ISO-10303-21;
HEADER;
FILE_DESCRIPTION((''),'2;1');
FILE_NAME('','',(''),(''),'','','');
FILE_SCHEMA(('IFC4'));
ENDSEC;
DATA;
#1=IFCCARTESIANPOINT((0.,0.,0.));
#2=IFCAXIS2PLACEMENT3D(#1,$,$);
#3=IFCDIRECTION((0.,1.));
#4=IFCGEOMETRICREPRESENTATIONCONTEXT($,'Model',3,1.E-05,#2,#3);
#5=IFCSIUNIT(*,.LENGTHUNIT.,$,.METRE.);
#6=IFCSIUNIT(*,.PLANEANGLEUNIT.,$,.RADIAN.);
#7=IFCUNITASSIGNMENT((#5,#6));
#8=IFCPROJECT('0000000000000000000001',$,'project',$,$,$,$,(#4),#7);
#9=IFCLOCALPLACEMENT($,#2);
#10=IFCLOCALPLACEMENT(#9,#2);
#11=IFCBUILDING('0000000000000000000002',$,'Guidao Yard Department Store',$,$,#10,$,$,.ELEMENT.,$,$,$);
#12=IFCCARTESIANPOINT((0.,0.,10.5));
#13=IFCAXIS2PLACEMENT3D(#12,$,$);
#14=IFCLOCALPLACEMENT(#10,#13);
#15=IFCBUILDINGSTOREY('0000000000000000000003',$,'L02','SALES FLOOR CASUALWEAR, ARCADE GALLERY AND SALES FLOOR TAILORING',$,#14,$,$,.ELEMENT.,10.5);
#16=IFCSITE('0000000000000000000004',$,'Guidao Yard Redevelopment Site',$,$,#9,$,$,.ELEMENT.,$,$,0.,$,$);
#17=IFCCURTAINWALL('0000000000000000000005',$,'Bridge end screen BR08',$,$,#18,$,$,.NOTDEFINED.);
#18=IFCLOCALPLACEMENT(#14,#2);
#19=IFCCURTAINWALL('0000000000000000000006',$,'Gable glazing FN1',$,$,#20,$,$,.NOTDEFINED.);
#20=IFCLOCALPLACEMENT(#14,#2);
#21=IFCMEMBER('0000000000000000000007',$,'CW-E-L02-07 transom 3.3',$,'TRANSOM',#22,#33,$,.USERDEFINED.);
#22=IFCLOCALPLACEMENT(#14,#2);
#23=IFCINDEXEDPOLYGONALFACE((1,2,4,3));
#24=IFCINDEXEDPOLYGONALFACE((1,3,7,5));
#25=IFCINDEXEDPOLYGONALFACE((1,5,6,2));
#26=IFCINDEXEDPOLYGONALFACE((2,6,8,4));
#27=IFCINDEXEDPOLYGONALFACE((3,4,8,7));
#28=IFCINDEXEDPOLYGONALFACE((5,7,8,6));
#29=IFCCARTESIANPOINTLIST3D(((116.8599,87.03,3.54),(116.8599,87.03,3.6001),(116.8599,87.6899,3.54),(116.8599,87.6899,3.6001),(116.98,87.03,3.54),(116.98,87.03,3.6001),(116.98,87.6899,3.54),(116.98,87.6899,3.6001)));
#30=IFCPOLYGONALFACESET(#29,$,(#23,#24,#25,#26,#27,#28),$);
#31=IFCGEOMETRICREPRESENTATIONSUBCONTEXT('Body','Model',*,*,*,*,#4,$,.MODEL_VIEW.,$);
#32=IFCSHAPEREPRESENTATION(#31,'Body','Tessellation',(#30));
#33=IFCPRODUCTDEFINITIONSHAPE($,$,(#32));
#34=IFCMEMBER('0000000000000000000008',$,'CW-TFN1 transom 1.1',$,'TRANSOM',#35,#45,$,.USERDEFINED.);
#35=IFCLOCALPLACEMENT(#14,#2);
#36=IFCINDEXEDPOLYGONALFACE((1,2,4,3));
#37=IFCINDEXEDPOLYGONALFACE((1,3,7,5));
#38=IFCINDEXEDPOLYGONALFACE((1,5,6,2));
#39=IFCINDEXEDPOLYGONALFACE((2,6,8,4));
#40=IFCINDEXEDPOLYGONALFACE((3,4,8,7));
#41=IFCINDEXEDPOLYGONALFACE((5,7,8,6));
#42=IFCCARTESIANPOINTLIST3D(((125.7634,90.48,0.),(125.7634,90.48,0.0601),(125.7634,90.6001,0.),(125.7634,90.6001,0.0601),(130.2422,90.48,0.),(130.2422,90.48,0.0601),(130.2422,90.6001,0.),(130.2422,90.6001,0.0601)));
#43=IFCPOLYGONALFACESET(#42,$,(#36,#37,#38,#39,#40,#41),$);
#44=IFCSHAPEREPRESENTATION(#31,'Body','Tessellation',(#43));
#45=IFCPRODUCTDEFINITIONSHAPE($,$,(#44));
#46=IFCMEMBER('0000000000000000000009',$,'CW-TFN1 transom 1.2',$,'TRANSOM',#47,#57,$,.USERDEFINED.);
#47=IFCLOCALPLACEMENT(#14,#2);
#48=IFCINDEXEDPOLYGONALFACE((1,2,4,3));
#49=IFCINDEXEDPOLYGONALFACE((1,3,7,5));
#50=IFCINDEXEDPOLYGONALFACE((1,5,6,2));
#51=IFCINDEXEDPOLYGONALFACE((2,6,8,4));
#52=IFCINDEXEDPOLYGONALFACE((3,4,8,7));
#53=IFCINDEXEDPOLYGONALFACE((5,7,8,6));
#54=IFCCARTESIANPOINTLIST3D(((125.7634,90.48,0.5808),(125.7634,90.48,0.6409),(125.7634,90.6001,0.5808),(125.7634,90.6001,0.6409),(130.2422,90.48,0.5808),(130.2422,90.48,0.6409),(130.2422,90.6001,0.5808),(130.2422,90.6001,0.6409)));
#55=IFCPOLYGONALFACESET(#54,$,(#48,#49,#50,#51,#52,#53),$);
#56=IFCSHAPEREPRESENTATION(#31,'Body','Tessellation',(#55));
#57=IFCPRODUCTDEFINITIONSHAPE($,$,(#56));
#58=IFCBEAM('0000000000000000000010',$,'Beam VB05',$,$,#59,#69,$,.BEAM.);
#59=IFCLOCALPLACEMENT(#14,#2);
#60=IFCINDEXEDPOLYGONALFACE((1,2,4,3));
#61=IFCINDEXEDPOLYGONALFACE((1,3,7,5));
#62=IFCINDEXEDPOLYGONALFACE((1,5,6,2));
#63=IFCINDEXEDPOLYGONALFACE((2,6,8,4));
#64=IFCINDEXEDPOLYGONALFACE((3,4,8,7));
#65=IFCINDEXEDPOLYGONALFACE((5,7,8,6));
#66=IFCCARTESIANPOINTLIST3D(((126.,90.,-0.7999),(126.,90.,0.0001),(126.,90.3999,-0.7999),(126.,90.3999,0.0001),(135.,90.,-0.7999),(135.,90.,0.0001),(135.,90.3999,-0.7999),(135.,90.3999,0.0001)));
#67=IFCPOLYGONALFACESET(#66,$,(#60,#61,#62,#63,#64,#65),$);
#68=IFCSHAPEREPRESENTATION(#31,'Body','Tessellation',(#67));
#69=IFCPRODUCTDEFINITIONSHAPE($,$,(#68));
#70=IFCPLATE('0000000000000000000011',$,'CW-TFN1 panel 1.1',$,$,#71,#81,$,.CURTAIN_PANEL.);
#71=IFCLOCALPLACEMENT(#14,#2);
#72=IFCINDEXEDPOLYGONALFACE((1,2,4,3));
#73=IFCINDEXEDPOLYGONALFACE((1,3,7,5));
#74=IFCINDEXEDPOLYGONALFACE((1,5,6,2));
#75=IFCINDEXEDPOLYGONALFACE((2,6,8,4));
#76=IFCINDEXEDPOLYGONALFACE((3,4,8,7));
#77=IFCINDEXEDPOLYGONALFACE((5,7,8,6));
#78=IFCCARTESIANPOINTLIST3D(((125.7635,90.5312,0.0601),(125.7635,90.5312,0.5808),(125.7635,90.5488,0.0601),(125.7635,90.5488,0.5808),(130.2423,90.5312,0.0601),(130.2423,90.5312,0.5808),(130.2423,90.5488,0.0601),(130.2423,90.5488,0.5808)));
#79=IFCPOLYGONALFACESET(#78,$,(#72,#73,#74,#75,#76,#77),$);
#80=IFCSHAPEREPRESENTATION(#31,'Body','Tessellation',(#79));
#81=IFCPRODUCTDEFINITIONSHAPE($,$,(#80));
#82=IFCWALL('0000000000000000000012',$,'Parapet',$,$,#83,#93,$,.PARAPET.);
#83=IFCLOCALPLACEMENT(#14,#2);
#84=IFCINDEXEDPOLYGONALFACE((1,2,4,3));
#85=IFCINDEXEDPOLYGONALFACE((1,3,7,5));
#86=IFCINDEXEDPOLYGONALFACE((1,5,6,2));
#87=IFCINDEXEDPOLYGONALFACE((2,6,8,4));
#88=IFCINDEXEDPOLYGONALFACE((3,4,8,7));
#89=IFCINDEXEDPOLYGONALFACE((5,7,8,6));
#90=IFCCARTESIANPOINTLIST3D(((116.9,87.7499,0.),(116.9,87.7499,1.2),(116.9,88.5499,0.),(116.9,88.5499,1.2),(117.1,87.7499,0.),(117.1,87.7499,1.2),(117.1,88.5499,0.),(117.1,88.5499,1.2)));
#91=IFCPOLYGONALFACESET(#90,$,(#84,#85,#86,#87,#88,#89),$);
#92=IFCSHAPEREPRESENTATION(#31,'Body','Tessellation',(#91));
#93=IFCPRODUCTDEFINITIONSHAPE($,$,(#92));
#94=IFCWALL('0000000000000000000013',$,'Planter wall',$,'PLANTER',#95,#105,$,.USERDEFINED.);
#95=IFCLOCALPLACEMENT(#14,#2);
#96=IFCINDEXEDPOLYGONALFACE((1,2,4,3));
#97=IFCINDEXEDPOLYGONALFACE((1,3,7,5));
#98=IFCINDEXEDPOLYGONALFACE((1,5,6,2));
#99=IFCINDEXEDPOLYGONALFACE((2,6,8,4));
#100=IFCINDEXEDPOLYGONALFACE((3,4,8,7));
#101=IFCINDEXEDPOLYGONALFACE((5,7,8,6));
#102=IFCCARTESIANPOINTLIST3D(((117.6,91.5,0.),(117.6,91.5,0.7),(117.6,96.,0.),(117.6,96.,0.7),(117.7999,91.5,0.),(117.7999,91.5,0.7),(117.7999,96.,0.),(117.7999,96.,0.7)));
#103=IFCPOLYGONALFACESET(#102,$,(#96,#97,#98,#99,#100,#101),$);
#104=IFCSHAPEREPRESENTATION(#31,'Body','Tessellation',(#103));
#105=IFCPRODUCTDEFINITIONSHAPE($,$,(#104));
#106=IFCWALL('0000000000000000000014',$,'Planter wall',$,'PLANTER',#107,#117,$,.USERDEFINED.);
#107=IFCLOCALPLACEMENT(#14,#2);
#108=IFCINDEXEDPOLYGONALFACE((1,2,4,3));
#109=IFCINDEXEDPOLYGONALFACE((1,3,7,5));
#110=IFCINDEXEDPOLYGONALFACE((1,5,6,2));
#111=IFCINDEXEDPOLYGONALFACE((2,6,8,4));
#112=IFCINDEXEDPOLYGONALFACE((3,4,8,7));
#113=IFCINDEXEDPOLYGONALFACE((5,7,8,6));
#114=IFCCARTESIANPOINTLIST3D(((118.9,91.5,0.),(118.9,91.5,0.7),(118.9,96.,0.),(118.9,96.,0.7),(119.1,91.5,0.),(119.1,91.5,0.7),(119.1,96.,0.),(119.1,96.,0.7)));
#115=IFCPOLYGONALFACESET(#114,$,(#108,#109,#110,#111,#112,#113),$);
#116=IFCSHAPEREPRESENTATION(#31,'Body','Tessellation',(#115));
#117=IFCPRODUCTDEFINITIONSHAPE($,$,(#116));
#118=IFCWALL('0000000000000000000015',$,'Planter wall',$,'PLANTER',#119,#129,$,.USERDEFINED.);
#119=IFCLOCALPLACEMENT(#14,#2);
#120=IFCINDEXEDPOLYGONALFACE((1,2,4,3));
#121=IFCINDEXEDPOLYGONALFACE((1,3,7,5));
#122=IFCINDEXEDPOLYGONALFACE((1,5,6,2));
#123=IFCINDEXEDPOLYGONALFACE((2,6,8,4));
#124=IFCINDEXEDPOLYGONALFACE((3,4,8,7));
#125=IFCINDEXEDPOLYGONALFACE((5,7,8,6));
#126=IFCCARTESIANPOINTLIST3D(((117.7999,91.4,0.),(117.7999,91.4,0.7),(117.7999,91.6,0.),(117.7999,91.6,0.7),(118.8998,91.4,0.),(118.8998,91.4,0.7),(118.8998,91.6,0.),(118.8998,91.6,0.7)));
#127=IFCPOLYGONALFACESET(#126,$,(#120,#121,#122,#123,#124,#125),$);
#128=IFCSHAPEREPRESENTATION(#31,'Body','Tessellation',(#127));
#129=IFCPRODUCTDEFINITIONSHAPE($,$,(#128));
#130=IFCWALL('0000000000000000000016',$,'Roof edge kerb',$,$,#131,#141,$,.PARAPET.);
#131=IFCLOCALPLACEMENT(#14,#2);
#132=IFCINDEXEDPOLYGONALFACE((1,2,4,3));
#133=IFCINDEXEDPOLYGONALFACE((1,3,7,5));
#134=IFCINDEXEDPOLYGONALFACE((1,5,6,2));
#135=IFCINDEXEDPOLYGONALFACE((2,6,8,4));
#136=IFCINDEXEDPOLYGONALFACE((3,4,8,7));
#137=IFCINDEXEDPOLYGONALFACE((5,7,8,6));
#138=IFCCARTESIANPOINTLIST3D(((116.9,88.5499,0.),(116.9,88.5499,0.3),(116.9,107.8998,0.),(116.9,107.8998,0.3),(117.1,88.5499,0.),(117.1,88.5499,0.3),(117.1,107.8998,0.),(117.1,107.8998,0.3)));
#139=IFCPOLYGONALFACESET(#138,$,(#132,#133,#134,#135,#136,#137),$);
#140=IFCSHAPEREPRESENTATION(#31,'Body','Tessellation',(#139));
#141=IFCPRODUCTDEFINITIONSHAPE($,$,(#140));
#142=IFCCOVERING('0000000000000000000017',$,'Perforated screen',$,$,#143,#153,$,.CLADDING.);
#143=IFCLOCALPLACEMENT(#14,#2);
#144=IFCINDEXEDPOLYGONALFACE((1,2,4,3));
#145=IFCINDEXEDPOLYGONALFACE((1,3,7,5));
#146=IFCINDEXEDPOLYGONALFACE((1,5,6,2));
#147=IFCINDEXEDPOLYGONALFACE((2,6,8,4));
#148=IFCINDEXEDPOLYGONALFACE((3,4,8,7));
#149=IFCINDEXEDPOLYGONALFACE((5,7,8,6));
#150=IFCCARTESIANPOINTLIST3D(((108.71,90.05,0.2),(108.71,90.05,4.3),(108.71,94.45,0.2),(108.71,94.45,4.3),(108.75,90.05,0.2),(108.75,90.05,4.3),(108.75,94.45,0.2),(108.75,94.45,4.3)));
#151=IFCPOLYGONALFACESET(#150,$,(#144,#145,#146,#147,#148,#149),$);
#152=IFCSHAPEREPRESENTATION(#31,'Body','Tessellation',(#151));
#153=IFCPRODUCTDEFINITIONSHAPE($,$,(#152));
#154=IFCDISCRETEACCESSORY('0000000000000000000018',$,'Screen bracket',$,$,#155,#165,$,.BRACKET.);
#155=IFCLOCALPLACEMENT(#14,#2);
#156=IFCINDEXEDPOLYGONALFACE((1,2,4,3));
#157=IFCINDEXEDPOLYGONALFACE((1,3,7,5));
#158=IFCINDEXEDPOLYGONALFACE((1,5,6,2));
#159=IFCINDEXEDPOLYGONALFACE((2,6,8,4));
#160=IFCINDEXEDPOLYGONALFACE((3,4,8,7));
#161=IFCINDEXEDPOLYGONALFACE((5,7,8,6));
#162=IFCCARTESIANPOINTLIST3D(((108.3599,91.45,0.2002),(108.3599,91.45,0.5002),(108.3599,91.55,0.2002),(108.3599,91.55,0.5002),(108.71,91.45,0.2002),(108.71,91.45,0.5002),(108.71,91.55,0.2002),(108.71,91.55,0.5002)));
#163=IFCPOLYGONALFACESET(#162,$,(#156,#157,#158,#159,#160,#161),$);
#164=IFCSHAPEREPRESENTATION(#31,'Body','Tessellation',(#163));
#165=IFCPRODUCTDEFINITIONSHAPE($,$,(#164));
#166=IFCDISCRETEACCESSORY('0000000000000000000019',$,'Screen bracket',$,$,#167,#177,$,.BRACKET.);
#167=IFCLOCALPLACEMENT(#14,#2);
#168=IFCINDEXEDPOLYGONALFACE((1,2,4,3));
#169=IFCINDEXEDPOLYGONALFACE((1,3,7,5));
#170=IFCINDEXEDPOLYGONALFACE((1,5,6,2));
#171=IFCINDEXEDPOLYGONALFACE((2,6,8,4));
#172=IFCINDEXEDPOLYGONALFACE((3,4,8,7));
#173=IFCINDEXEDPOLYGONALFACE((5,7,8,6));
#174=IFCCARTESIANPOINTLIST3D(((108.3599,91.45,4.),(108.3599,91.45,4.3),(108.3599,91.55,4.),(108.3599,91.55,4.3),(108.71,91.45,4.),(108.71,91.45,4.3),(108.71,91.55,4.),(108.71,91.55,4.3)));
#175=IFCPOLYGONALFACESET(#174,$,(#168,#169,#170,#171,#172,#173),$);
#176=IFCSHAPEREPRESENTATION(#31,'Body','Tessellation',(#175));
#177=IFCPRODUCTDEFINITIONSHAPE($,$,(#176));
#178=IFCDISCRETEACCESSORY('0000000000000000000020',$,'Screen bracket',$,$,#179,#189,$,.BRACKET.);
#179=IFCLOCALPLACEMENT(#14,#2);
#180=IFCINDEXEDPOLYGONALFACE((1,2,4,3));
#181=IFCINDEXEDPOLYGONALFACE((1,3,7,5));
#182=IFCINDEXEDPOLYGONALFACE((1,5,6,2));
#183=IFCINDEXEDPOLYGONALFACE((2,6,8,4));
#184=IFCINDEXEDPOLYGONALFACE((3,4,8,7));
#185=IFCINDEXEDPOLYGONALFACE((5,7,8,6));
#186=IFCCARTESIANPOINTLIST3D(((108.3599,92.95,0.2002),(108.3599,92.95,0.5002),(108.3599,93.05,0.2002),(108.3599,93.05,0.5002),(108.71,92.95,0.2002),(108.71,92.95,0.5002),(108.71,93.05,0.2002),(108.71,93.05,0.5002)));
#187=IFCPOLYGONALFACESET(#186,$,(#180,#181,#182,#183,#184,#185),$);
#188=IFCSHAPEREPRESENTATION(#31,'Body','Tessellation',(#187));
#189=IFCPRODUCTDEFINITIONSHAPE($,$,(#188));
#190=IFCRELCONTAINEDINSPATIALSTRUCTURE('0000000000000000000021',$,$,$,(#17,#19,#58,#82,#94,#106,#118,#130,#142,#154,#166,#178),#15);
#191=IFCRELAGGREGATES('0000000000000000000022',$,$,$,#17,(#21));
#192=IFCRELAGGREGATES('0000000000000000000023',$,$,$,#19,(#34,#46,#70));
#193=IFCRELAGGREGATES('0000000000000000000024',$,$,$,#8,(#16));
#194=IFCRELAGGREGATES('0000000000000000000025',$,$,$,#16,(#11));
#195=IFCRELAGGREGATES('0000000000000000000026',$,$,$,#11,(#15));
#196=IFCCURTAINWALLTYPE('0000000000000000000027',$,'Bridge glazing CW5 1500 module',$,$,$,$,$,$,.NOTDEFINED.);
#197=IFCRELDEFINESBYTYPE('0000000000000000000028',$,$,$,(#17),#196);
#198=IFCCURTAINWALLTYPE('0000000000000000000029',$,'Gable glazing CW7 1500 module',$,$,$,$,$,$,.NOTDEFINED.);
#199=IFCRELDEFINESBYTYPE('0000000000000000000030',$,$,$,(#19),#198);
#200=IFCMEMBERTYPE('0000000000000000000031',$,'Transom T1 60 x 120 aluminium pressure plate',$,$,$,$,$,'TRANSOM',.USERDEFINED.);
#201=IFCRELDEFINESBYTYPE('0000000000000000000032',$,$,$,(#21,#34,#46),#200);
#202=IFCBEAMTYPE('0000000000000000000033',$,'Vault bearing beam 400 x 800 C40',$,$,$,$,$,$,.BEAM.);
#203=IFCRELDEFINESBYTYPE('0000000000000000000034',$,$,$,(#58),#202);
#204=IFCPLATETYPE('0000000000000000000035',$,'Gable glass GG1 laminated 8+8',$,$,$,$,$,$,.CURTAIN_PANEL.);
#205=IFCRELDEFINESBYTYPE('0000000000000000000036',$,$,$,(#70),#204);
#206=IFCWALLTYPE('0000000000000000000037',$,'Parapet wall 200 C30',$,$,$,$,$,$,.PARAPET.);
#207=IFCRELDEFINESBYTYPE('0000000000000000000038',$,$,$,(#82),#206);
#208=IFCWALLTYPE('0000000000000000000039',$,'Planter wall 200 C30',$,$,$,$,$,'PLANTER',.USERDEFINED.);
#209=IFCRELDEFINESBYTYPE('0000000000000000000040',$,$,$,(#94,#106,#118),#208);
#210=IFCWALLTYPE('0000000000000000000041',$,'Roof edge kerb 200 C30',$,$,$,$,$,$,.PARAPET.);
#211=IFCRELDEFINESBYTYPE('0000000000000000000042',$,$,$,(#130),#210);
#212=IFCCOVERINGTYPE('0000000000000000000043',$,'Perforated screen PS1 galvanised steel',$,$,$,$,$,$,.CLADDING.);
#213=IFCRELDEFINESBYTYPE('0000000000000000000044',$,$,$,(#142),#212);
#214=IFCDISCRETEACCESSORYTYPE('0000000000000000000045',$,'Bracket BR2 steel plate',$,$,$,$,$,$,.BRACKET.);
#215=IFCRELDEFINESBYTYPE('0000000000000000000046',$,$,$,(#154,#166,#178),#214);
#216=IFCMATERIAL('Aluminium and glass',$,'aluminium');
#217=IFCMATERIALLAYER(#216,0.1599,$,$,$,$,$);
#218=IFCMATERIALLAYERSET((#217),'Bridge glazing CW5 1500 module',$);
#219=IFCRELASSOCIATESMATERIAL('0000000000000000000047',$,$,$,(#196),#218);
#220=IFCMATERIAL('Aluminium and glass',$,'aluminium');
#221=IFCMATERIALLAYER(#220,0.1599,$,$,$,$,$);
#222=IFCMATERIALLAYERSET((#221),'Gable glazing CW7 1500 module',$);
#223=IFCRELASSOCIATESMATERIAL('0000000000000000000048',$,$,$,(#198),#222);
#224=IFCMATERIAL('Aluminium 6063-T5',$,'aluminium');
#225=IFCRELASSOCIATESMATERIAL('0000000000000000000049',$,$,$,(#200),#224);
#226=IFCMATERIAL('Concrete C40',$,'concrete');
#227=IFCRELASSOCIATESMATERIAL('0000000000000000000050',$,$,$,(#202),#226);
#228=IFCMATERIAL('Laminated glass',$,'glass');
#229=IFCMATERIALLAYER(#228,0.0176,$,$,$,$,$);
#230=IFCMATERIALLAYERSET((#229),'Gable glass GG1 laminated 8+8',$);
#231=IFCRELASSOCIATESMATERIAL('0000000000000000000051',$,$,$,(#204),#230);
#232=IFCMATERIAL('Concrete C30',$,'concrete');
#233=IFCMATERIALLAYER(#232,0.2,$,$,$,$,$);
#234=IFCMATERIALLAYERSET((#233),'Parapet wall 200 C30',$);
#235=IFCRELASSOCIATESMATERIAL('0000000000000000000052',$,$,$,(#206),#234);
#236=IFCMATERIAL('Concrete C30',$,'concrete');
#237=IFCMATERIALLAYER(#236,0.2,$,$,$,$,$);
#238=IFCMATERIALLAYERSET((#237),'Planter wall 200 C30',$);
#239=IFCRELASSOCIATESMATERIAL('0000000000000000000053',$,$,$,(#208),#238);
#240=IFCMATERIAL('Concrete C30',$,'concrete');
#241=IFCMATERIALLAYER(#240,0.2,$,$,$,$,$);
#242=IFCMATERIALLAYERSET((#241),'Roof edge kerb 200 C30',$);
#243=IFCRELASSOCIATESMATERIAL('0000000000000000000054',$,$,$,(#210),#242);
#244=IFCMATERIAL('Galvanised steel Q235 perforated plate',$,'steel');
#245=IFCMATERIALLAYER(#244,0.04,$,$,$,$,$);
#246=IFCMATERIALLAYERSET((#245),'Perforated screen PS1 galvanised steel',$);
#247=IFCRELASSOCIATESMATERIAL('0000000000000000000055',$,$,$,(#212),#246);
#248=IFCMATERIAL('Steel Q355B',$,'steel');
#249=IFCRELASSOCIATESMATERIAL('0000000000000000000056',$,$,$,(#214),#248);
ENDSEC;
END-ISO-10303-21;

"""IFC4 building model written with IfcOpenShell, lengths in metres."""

from ifc_helpers import new_model, si_unit, direction, frame, frame_2d, origin, origin_2d, place, context, subcontext, project, spatial, rectangle, extrude, material, layer, layer_set, material_profile, profile_set, type_object, element, aggregate, save


model = new_model("IFC4")

# Units and contexts
model_context = context("Model", 3, precision=1e-05, world=origin(), true_north=direction((0.0, 1.0)))
body_context = subcontext(model_context, "Body", "Model", "MODEL_VIEW")
ifc_project = project(units=[si_unit("LENGTHUNIT", "METRE"), si_unit("PLANEANGLEUNIT", "RADIAN")], contexts=[model_context])

# Site, building, storey
site_placement = place(None, origin())
site = spatial("IfcSite", under=ifc_project, at=site_placement, Name="Guidao Yard Redevelopment Site", CompositionType="ELEMENT", RefElevation=0.0)
building_placement = place(site_placement, origin())
building = spatial("IfcBuilding", under=site, at=building_placement, Name="Guidao Yard Department Store", CompositionType="ELEMENT")
storey_placement = place(building_placement, frame((0.0, 0.0, 10.5)))
storey = spatial("IfcBuildingStorey", under=building, at=storey_placement, Name="L02", Description="SALES FLOOR CASUALWEAR, ARCADE GALLERY AND SALES FLOOR TAILORING", CompositionType="ELEMENT", Elevation=10.5)

# Curtain walls
ifc_material_1 = material(Name="Aluminium and glass", Category="aluminium")
ifc_layer_1 = layer(ifc_material_1, 0.1599)
ifc_layer_set_1 = layer_set([ifc_layer_1], Name="Bridge glazing CW5 1500 module")
curtain_wall_type_1 = type_object("IfcCurtainWallType", Name="Bridge glazing CW5 1500 module", PredefinedType="NOTDEFINED", material=ifc_layer_set_1)
curtain_wall_1_placement = place(storey_placement, origin())
curtain_wall_1 = element("IfcCurtainWall", 1, at=curtain_wall_1_placement, inside=storey, type_object=curtain_wall_type_1, Name="Bridge end screen BR08", PredefinedType="NOTDEFINED")
ifc_material_2 = material(Name="Aluminium and glass", Category="aluminium")
ifc_layer_2 = layer(ifc_material_2, 0.1599)
ifc_layer_set_2 = layer_set([ifc_layer_2], Name="Gable glazing CW7 1500 module")
curtain_wall_type_2 = type_object("IfcCurtainWallType", Name="Gable glazing CW7 1500 module", PredefinedType="NOTDEFINED", material=ifc_layer_set_2)
curtain_wall_2_placement = place(storey_placement, origin())
curtain_wall_2 = element("IfcCurtainWall", 2, at=curtain_wall_2_placement, inside=storey, type_object=curtain_wall_type_2, Name="Gable glazing FN1", PredefinedType="NOTDEFINED")

# Members
ifc_material_3 = material(Name="Aluminium 6063-T5", Category="aluminium")
ifc_material_profile_1 = material_profile(ifc_material_3, rectangle(XDim=0.1201, YDim=0.0601, at=origin_2d()), Name="Transom T1 60 x 120 aluminium pressure plate")
ifc_profile_set_1 = profile_set([ifc_material_profile_1], Name="Aluminium 6063-T5")
member_type_1 = type_object("IfcMemberType", Name="Transom T1 60 x 120 aluminium pressure plate", ElementType="TRANSOM", PredefinedType="USERDEFINED", material=ifc_profile_set_1)
member_1_placement = place(storey_placement, frame((116.9199, 87.6899, 3.5701), z_axis=(0.0, -1.0, 0.0), x_axis=(1.0, 0.0, 0.0)))
member_1 = element("IfcMember", 3, at=member_1_placement, type_object=member_type_1, Name="CW-E-L02-07 transom 3.3", ObjectType="TRANSOM", PredefinedType="USERDEFINED", context=body_context, shape_type="SweptSolid", body=[
    extrude(rectangle(XDim=0.1201, YDim=0.0601, at=origin_2d()), origin(), (0.0, 0.0, 1.0), 0.6599),
])
aggregate(curtain_wall_1, [member_1])
member_2_placement = place(storey_placement, frame((125.7634, 90.54, 0.03), z_axis=(1.0, 0.0, 0.0), x_axis=(0.0, 1.0, 0.0)))
member_2 = element("IfcMember", 4, at=member_2_placement, type_object=member_type_1, Name="CW-TFN1 transom 1.1", ObjectType="TRANSOM", PredefinedType="USERDEFINED", context=body_context, shape_type="SweptSolid", body=[
    extrude(rectangle(XDim=0.1201, YDim=0.0601, at=origin_2d()), origin(), (0.0, 0.0, 1.0), 4.4788),
])
member_3_placement = place(storey_placement, frame((125.7634, 90.54, 0.6108), z_axis=(1.0, 0.0, 0.0), x_axis=(0.0, 1.0, 0.0)))
member_3 = element("IfcMember", 5, at=member_3_placement, type_object=member_type_1, Name="CW-TFN1 transom 1.2", ObjectType="TRANSOM", PredefinedType="USERDEFINED", context=body_context, shape_type="SweptSolid", body=[
    extrude(rectangle(XDim=0.1201, YDim=0.0601, at=origin_2d()), origin(), (0.0, 0.0, 1.0), 4.4788),
])

# Beam
ifc_material_4 = material(Name="Concrete C40", Category="concrete")
ifc_material_profile_2 = material_profile(ifc_material_4, rectangle(XDim=0.3999, YDim=0.8, at=origin_2d()), Name="Vault bearing beam 400 x 800 C40")
ifc_profile_set_2 = profile_set([ifc_material_profile_2], Name="Concrete C40")
beam_type_1 = type_object("IfcBeamType", Name="Vault bearing beam 400 x 800 C40", PredefinedType="BEAM", material=ifc_profile_set_2)
beam_1_placement = place(storey_placement, frame((126.0, 90.2, -0.3999), z_axis=(1.0, 0.0, 0.0), x_axis=(0.0, 1.0, 0.0)))
element("IfcBeam", 6, at=beam_1_placement, inside=storey, type_object=beam_type_1, Name="Beam VB05", PredefinedType="BEAM", context=body_context, shape_type="SweptSolid", body=[
    extrude(rectangle(XDim=0.3999, YDim=0.8, at=origin_2d()), origin(), (0.0, 0.0, 1.0), 9.0),
])

# Plate
ifc_material_5 = material(Name="Laminated glass", Category="glass")
ifc_layer_3 = layer(ifc_material_5, 0.0176)
ifc_layer_set_3 = layer_set([ifc_layer_3], Name="Gable glass GG1 laminated 8+8")
plate_type = type_object("IfcPlateType", Name="Gable glass GG1 laminated 8+8", PredefinedType="CURTAIN_PANEL", material=ifc_layer_set_3)
plate_placement = place(storey_placement, frame((128.0029, 90.54, 0.0601), z_axis=(0.0, 0.0, 1.0), x_axis=(1.0, 0.0, 0.0)))
plate = element("IfcPlate", 7, at=plate_placement, type_object=plate_type, Name="CW-TFN1 panel 1.1", PredefinedType="CURTAIN_PANEL", context=body_context, shape_type="SweptSolid", body=[
    extrude(rectangle(XDim=4.4788, YDim=0.0176, at=origin_2d()), origin(), (0.0, 0.0, 1.0), 0.5208),
])
aggregate(curtain_wall_2, [member_2, member_3, plate])

# Walls
ifc_material_6 = material(Name="Concrete C30", Category="concrete")
ifc_layer_4 = layer(ifc_material_6, 0.2)
ifc_layer_set_4 = layer_set([ifc_layer_4], Name="Parapet wall 200 C30")
wall_type_1 = type_object("IfcWallType", Name="Parapet wall 200 C30", PredefinedType="PARAPET", material=ifc_layer_set_4)
wall_1_placement = place(storey_placement, frame((117.0, 87.75, 0.0), z_axis=(0.0, 0.0, 1.0), x_axis=(0.0, 1.0, 0.0)))
element("IfcWall", 8, at=wall_1_placement, inside=storey, type_object=wall_type_1, Name="Parapet", PredefinedType="PARAPET", context=body_context, shape_type="SweptSolid", body=[
    extrude(rectangle(XDim=0.8, YDim=0.2, at=frame_2d((0.3999, 0.0))), origin(), (0.0, 0.0, 1.0), 1.2),
])
ifc_material_7 = material(Name="Concrete C30", Category="concrete")
ifc_layer_5 = layer(ifc_material_7, 0.2)
ifc_layer_set_5 = layer_set([ifc_layer_5], Name="Planter wall 200 C30")
wall_type_2 = type_object("IfcWallType", Name="Planter wall 200 C30", ElementType="PLANTER", PredefinedType="USERDEFINED", material=ifc_layer_set_5)
for number, where, z_axis, x_axis, name in (
    (9, (117.7, 91.5, 0.0), (0.0, 0.0, 1.0), (0.0, 1.0, 0.0), "Planter wall"),
    (10, (119.0, 91.5, 0.0), (0.0, 0.0, 1.0), (0.0, 1.0, 0.0), "Planter wall"),
):
    element("IfcWall", number, at=place(storey_placement, frame(where, z_axis=z_axis, x_axis=x_axis)), inside=storey, type_object=wall_type_2, Name=name, ObjectType="PLANTER", PredefinedType="USERDEFINED", context=body_context, shape_type="SweptSolid", body=[
        extrude(rectangle(XDim=4.5, YDim=0.2, at=frame_2d((2.25, 0.0))), origin(), (0.0, 0.0, 1.0), 0.7),
    ])
wall_2_placement = place(storey_placement, frame((117.8, 91.5, 0.0), z_axis=(0.0, 0.0, 1.0), x_axis=(1.0, 0.0, 0.0)))
element("IfcWall", 11, at=wall_2_placement, inside=storey, type_object=wall_type_2, Name="Planter wall", ObjectType="PLANTER", PredefinedType="USERDEFINED", context=body_context, shape_type="SweptSolid", body=[
    extrude(rectangle(XDim=1.0999, YDim=0.2, at=frame_2d((0.5498, 0.0))), origin(), (0.0, 0.0, 1.0), 0.7),
])
ifc_material_8 = material(Name="Concrete C30", Category="concrete")
ifc_layer_6 = layer(ifc_material_8, 0.2)
ifc_layer_set_6 = layer_set([ifc_layer_6], Name="Roof edge kerb 200 C30")
wall_type_3 = type_object("IfcWallType", Name="Roof edge kerb 200 C30", PredefinedType="PARAPET", material=ifc_layer_set_6)
wall_3_placement = place(storey_placement, frame((117.0, 88.55, 0.0), z_axis=(0.0, 0.0, 1.0), x_axis=(0.0, 1.0, 0.0)))
element("IfcWall", 12, at=wall_3_placement, inside=storey, type_object=wall_type_3, Name="Roof edge kerb", PredefinedType="PARAPET", context=body_context, shape_type="SweptSolid", body=[
    extrude(rectangle(XDim=19.3499, YDim=0.2, at=frame_2d((9.6748, 0.0))), origin(), (0.0, 0.0, 1.0), 0.3),
])

# Covering
ifc_material_9 = material(Name="Galvanised steel Q235 perforated plate", Category="steel")
ifc_layer_7 = layer(ifc_material_9, 0.04)
ifc_layer_set_7 = layer_set([ifc_layer_7], Name="Perforated screen PS1 galvanised steel")
covering_type = type_object("IfcCoveringType", Name="Perforated screen PS1 galvanised steel", PredefinedType="CLADDING", material=ifc_layer_set_7)
covering_placement = place(storey_placement, frame((108.73, 92.25, 0.2), z_axis=(0.0, 0.0, 1.0), x_axis=(0.0, -1.0, 0.0)))
element("IfcCovering", 13, at=covering_placement, inside=storey, type_object=covering_type, Name="Perforated screen", PredefinedType="CLADDING", context=body_context, shape_type="SweptSolid", body=[
    extrude(rectangle(XDim=4.3999, YDim=0.04, at=origin_2d()), origin(), (0.0, 0.0, 1.0), 4.1001),
])

# Discrete accessories
ifc_material_10 = material(Name="Steel Q355B", Category="steel")
discrete_accessory_type_1 = type_object("IfcDiscreteAccessoryType", Name="Bracket BR2 steel plate", PredefinedType="BRACKET", material=ifc_material_10)
for number, where, z_axis, x_axis, name in (
    (14, (108.5349, 91.5, 0.2002), (0.0, 0.0, 1.0), (0.0, -1.0, 0.0), "Screen bracket"),
    (15, (108.5349, 91.5, 4.0), (0.0, 0.0, 1.0), (0.0, -1.0, 0.0), "Screen bracket"),
    (16, (108.5349, 93.0, 0.2002), (0.0, 0.0, 1.0), (0.0, -1.0, 0.0), "Screen bracket"),
):
    element("IfcDiscreteAccessory", number, at=place(storey_placement, frame(where, z_axis=z_axis, x_axis=x_axis)), inside=storey, type_object=discrete_accessory_type_1, Name=name, PredefinedType="BRACKET", context=body_context, shape_type="SweptSolid", body=[
        extrude(rectangle(XDim=0.1001, YDim=0.3501, at=origin_2d()), origin(), (0.0, 0.0, 1.0), 0.3),
    ])

save(model, "model.ifc")
